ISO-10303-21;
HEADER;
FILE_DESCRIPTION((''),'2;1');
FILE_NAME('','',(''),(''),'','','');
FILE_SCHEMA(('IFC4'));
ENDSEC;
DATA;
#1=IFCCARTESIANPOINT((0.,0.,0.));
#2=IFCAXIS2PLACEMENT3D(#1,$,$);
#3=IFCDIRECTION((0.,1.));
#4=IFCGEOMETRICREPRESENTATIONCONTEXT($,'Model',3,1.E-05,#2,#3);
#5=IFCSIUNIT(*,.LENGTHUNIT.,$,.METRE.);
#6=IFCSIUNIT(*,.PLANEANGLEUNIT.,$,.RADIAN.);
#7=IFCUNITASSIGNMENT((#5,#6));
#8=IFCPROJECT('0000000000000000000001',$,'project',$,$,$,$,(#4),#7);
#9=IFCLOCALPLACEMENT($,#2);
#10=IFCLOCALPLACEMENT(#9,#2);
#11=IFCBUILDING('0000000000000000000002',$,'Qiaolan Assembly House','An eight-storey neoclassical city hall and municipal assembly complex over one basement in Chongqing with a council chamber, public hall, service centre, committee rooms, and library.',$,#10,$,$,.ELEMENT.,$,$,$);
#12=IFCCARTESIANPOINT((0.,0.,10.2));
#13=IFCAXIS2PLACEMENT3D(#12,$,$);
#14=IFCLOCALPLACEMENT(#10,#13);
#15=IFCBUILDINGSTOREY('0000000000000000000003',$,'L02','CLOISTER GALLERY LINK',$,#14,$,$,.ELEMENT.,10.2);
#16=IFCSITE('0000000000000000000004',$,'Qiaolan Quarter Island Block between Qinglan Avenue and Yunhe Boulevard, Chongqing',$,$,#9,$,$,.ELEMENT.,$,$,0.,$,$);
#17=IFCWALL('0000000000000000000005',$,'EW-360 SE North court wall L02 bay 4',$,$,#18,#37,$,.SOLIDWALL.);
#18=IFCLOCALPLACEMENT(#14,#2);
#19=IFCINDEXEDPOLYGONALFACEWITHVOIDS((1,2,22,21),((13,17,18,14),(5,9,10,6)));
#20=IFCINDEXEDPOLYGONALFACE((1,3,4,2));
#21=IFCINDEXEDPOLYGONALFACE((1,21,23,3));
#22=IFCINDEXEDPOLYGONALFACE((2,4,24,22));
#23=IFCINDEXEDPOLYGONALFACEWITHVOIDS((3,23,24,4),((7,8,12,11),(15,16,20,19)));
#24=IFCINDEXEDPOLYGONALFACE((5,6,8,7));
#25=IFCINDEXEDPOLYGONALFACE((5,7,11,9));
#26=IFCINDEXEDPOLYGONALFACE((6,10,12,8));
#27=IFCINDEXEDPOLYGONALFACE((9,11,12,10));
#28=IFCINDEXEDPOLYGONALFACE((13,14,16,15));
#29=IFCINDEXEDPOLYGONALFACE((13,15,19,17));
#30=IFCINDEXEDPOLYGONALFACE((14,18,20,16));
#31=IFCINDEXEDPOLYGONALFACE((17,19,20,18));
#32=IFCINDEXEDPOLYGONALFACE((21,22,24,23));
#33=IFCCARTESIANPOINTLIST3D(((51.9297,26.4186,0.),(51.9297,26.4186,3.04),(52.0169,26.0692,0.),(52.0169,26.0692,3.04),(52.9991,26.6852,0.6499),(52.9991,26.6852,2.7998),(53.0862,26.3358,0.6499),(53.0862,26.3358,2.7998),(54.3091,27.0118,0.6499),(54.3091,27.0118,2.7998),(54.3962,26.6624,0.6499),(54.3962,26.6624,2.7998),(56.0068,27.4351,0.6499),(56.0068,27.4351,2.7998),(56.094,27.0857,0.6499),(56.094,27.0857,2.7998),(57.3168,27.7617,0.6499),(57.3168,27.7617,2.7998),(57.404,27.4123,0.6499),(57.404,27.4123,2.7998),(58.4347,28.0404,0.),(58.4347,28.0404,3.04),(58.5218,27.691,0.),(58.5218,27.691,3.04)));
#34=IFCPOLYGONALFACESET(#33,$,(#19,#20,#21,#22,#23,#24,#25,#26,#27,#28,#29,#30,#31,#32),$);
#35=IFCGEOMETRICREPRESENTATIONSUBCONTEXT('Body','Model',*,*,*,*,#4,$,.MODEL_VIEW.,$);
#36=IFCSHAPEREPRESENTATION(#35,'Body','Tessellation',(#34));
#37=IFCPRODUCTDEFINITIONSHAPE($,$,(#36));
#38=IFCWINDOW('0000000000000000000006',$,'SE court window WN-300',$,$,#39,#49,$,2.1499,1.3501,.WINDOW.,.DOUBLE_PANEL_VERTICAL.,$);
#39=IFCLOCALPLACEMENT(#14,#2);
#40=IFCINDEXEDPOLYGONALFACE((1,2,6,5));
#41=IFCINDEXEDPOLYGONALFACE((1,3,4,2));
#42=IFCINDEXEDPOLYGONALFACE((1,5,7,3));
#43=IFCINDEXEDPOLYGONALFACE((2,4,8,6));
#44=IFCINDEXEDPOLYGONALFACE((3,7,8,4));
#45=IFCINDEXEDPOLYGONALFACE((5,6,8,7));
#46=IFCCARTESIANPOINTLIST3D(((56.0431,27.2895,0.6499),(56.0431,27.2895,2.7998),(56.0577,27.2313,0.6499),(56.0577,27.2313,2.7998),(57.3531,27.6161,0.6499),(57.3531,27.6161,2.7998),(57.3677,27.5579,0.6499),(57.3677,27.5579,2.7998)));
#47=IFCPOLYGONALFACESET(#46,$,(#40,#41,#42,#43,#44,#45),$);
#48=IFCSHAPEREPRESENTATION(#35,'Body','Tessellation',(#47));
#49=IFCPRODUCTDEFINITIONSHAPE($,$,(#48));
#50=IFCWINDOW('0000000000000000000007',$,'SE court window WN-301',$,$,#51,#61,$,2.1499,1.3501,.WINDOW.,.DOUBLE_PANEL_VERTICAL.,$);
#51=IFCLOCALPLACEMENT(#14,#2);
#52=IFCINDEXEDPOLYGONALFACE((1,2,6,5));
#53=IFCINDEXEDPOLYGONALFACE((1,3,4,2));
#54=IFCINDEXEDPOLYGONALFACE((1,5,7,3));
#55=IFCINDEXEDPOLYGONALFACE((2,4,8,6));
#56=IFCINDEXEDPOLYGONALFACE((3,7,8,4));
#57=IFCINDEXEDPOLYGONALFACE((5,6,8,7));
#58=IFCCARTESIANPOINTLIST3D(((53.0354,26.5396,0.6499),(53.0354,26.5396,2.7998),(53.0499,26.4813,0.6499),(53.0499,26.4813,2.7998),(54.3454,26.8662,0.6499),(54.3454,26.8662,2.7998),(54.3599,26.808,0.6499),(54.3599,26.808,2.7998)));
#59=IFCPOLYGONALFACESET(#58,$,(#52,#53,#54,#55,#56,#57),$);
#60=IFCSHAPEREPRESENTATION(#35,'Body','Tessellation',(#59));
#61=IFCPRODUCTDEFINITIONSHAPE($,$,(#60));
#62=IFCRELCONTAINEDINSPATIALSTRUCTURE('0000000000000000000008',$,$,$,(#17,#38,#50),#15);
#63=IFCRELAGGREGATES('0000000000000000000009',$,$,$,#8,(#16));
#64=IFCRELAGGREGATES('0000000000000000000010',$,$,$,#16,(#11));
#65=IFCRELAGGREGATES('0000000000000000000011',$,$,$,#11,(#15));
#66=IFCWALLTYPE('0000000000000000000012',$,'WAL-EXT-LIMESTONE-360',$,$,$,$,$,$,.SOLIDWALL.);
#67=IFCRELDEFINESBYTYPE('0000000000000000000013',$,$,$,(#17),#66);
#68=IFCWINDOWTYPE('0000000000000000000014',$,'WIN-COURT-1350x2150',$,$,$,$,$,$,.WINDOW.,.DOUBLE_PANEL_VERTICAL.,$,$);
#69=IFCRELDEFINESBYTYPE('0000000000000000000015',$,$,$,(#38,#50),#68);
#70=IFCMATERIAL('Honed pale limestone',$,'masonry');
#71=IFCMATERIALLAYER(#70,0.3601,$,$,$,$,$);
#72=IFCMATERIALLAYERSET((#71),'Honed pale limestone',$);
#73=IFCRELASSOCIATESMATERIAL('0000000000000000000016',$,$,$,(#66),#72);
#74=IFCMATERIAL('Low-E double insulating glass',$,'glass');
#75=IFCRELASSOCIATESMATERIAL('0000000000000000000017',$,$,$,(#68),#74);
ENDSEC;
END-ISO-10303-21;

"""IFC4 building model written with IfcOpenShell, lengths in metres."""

from ifc_helpers import new_model, si_unit, direction, frame, frame_2d, origin, place, context, subcontext, project, spatial, rectangle, extrude, material, layer, layer_set, type_object, element, fill, save


model = new_model("IFC4")

# Units and contexts
model_context = context("Model", 3, precision=1e-05, world=origin(), true_north=direction((0.0, 1.0)))
body_context = subcontext(model_context, "Body", "Model", "MODEL_VIEW")
ifc_project = project(units=[si_unit("LENGTHUNIT", "METRE"), si_unit("PLANEANGLEUNIT", "RADIAN")], contexts=[model_context])

# Site, building, storey
site_placement = place(None, origin())
site = spatial("IfcSite", under=ifc_project, at=site_placement, Name="Qiaolan Quarter Island Block between Qinglan Avenue and Yunhe Boulevard, Chongqing", CompositionType="ELEMENT", RefElevation=0.0)
building_placement = place(site_placement, origin())
building = spatial("IfcBuilding", under=site, at=building_placement, Name="Qiaolan Assembly House", Description="An eight-storey neoclassical city hall and municipal assembly complex over one basement in Chongqing with a council chamber, public hall, service centre, committee rooms, and library.", CompositionType="ELEMENT")
storey_placement = place(building_placement, frame((0.0, 0.0, 10.2)))
storey = spatial("IfcBuildingStorey", under=building, at=storey_placement, Name="L02", Description="CLOISTER GALLERY LINK", CompositionType="ELEMENT", Elevation=10.2)

# Shared definitions
ifc_material_1 = material(Name="Low-E double insulating glass", Category="glass")

# Wall, openings, windows
ifc_material_2 = material(Name="Honed pale limestone", Category="masonry")
ifc_layer_1 = layer(ifc_material_2, 0.3601)
ifc_layer_set_1 = layer_set([ifc_layer_1], Name="Honed pale limestone")
wall_type = type_object("IfcWallType", Name="WAL-EXT-LIMESTONE-360", PredefinedType="SOLIDWALL", material=ifc_layer_set_1)
wall_placement = place(storey_placement, frame((58.4783, 27.8657, 0.0), z_axis=(0.0, 0.0, 1.0), x_axis=(-0.970297, -0.241919, 0.0)))
wall = element("IfcWall", 1, at=wall_placement, inside=storey, type_object=wall_type, Name="EW-360 SE North court wall L02 bay 4", PredefinedType="SOLIDWALL", context=body_context, shape_type="SweptSolid", body=[
    extrude(rectangle(XDim=6.7041, YDim=0.3601, at=frame_2d((3.3521, 0.0))), origin(), (0.0, 0.0, 1.0), 3.04),
])
opening_1_placement = place(wall_placement, frame((1.1521, 0.0, 0.6499)))
opening_1 = element("IfcOpeningElement", 2, at=opening_1_placement, cuts=wall, PredefinedType="OPENING", context=body_context, shape_type="SweptSolid", body=[
    extrude(rectangle(XDim=1.3501, YDim=2.1499, at=frame_2d((0.675, 1.075))), frame((0.0, 0.1899, 0.0), z_axis=(0.0, -1.0, 0.0), x_axis=(1.0, 0.0, 0.0)), (0.0, 0.0, 1.0), 0.3801),
])
opening_2_placement = place(wall_placement, frame((4.252, 0.0, 0.6499)))
opening_2 = element("IfcOpeningElement", 3, at=opening_2_placement, cuts=wall, PredefinedType="OPENING", context=body_context, shape_type="SweptSolid", body=[
    extrude(rectangle(XDim=1.3501, YDim=2.1499, at=frame_2d((0.675, 1.075))), frame((0.0, 0.1899, 0.0), z_axis=(0.0, -1.0, 0.0), x_axis=(1.0, 0.0, 0.0)), (0.0, 0.0, 1.0), 0.3801),
])
window_type = type_object("IfcWindowType", Name="WIN-COURT-1350x2150", PartitioningType="DOUBLE_PANEL_VERTICAL", PredefinedType="WINDOW", material=ifc_material_1)
window_1_placement = place(opening_1_placement, origin())
window_1 = element("IfcWindow", 4, at=window_1_placement, inside=storey, type_object=window_type, Name="SE court window WN-300", OverallHeight=2.1499, OverallWidth=1.3501, PartitioningType="DOUBLE_PANEL_VERTICAL", PredefinedType="WINDOW", context=body_context, shape_type="SweptSolid", body=[
    extrude(rectangle(XDim=1.3501, YDim=2.1499, at=frame_2d((0.675, 1.075))), frame((0.0, 0.03, 0.0), z_axis=(0.0, -1.0, 0.0), x_axis=(1.0, 0.0, 0.0)), (0.0, 0.0, 1.0), 0.0601),
])
fill(opening_1, window_1)
window_2_placement = place(opening_2_placement, origin())
window_2 = element("IfcWindow", 5, at=window_2_placement, inside=storey, type_object=window_type, Name="SE court window WN-301", OverallHeight=2.1499, OverallWidth=1.3501, PartitioningType="DOUBLE_PANEL_VERTICAL", PredefinedType="WINDOW", context=body_context, shape_type="SweptSolid", body=[
    extrude(rectangle(XDim=1.3501, YDim=2.1499, at=frame_2d((0.675, 1.075))), frame((0.0, 0.03, 0.0), z_axis=(0.0, -1.0, 0.0), x_axis=(1.0, 0.0, 0.0)), (0.0, 0.0, 1.0), 0.0601),
])
fill(opening_2, window_2)

save(model, "model.ifc")
